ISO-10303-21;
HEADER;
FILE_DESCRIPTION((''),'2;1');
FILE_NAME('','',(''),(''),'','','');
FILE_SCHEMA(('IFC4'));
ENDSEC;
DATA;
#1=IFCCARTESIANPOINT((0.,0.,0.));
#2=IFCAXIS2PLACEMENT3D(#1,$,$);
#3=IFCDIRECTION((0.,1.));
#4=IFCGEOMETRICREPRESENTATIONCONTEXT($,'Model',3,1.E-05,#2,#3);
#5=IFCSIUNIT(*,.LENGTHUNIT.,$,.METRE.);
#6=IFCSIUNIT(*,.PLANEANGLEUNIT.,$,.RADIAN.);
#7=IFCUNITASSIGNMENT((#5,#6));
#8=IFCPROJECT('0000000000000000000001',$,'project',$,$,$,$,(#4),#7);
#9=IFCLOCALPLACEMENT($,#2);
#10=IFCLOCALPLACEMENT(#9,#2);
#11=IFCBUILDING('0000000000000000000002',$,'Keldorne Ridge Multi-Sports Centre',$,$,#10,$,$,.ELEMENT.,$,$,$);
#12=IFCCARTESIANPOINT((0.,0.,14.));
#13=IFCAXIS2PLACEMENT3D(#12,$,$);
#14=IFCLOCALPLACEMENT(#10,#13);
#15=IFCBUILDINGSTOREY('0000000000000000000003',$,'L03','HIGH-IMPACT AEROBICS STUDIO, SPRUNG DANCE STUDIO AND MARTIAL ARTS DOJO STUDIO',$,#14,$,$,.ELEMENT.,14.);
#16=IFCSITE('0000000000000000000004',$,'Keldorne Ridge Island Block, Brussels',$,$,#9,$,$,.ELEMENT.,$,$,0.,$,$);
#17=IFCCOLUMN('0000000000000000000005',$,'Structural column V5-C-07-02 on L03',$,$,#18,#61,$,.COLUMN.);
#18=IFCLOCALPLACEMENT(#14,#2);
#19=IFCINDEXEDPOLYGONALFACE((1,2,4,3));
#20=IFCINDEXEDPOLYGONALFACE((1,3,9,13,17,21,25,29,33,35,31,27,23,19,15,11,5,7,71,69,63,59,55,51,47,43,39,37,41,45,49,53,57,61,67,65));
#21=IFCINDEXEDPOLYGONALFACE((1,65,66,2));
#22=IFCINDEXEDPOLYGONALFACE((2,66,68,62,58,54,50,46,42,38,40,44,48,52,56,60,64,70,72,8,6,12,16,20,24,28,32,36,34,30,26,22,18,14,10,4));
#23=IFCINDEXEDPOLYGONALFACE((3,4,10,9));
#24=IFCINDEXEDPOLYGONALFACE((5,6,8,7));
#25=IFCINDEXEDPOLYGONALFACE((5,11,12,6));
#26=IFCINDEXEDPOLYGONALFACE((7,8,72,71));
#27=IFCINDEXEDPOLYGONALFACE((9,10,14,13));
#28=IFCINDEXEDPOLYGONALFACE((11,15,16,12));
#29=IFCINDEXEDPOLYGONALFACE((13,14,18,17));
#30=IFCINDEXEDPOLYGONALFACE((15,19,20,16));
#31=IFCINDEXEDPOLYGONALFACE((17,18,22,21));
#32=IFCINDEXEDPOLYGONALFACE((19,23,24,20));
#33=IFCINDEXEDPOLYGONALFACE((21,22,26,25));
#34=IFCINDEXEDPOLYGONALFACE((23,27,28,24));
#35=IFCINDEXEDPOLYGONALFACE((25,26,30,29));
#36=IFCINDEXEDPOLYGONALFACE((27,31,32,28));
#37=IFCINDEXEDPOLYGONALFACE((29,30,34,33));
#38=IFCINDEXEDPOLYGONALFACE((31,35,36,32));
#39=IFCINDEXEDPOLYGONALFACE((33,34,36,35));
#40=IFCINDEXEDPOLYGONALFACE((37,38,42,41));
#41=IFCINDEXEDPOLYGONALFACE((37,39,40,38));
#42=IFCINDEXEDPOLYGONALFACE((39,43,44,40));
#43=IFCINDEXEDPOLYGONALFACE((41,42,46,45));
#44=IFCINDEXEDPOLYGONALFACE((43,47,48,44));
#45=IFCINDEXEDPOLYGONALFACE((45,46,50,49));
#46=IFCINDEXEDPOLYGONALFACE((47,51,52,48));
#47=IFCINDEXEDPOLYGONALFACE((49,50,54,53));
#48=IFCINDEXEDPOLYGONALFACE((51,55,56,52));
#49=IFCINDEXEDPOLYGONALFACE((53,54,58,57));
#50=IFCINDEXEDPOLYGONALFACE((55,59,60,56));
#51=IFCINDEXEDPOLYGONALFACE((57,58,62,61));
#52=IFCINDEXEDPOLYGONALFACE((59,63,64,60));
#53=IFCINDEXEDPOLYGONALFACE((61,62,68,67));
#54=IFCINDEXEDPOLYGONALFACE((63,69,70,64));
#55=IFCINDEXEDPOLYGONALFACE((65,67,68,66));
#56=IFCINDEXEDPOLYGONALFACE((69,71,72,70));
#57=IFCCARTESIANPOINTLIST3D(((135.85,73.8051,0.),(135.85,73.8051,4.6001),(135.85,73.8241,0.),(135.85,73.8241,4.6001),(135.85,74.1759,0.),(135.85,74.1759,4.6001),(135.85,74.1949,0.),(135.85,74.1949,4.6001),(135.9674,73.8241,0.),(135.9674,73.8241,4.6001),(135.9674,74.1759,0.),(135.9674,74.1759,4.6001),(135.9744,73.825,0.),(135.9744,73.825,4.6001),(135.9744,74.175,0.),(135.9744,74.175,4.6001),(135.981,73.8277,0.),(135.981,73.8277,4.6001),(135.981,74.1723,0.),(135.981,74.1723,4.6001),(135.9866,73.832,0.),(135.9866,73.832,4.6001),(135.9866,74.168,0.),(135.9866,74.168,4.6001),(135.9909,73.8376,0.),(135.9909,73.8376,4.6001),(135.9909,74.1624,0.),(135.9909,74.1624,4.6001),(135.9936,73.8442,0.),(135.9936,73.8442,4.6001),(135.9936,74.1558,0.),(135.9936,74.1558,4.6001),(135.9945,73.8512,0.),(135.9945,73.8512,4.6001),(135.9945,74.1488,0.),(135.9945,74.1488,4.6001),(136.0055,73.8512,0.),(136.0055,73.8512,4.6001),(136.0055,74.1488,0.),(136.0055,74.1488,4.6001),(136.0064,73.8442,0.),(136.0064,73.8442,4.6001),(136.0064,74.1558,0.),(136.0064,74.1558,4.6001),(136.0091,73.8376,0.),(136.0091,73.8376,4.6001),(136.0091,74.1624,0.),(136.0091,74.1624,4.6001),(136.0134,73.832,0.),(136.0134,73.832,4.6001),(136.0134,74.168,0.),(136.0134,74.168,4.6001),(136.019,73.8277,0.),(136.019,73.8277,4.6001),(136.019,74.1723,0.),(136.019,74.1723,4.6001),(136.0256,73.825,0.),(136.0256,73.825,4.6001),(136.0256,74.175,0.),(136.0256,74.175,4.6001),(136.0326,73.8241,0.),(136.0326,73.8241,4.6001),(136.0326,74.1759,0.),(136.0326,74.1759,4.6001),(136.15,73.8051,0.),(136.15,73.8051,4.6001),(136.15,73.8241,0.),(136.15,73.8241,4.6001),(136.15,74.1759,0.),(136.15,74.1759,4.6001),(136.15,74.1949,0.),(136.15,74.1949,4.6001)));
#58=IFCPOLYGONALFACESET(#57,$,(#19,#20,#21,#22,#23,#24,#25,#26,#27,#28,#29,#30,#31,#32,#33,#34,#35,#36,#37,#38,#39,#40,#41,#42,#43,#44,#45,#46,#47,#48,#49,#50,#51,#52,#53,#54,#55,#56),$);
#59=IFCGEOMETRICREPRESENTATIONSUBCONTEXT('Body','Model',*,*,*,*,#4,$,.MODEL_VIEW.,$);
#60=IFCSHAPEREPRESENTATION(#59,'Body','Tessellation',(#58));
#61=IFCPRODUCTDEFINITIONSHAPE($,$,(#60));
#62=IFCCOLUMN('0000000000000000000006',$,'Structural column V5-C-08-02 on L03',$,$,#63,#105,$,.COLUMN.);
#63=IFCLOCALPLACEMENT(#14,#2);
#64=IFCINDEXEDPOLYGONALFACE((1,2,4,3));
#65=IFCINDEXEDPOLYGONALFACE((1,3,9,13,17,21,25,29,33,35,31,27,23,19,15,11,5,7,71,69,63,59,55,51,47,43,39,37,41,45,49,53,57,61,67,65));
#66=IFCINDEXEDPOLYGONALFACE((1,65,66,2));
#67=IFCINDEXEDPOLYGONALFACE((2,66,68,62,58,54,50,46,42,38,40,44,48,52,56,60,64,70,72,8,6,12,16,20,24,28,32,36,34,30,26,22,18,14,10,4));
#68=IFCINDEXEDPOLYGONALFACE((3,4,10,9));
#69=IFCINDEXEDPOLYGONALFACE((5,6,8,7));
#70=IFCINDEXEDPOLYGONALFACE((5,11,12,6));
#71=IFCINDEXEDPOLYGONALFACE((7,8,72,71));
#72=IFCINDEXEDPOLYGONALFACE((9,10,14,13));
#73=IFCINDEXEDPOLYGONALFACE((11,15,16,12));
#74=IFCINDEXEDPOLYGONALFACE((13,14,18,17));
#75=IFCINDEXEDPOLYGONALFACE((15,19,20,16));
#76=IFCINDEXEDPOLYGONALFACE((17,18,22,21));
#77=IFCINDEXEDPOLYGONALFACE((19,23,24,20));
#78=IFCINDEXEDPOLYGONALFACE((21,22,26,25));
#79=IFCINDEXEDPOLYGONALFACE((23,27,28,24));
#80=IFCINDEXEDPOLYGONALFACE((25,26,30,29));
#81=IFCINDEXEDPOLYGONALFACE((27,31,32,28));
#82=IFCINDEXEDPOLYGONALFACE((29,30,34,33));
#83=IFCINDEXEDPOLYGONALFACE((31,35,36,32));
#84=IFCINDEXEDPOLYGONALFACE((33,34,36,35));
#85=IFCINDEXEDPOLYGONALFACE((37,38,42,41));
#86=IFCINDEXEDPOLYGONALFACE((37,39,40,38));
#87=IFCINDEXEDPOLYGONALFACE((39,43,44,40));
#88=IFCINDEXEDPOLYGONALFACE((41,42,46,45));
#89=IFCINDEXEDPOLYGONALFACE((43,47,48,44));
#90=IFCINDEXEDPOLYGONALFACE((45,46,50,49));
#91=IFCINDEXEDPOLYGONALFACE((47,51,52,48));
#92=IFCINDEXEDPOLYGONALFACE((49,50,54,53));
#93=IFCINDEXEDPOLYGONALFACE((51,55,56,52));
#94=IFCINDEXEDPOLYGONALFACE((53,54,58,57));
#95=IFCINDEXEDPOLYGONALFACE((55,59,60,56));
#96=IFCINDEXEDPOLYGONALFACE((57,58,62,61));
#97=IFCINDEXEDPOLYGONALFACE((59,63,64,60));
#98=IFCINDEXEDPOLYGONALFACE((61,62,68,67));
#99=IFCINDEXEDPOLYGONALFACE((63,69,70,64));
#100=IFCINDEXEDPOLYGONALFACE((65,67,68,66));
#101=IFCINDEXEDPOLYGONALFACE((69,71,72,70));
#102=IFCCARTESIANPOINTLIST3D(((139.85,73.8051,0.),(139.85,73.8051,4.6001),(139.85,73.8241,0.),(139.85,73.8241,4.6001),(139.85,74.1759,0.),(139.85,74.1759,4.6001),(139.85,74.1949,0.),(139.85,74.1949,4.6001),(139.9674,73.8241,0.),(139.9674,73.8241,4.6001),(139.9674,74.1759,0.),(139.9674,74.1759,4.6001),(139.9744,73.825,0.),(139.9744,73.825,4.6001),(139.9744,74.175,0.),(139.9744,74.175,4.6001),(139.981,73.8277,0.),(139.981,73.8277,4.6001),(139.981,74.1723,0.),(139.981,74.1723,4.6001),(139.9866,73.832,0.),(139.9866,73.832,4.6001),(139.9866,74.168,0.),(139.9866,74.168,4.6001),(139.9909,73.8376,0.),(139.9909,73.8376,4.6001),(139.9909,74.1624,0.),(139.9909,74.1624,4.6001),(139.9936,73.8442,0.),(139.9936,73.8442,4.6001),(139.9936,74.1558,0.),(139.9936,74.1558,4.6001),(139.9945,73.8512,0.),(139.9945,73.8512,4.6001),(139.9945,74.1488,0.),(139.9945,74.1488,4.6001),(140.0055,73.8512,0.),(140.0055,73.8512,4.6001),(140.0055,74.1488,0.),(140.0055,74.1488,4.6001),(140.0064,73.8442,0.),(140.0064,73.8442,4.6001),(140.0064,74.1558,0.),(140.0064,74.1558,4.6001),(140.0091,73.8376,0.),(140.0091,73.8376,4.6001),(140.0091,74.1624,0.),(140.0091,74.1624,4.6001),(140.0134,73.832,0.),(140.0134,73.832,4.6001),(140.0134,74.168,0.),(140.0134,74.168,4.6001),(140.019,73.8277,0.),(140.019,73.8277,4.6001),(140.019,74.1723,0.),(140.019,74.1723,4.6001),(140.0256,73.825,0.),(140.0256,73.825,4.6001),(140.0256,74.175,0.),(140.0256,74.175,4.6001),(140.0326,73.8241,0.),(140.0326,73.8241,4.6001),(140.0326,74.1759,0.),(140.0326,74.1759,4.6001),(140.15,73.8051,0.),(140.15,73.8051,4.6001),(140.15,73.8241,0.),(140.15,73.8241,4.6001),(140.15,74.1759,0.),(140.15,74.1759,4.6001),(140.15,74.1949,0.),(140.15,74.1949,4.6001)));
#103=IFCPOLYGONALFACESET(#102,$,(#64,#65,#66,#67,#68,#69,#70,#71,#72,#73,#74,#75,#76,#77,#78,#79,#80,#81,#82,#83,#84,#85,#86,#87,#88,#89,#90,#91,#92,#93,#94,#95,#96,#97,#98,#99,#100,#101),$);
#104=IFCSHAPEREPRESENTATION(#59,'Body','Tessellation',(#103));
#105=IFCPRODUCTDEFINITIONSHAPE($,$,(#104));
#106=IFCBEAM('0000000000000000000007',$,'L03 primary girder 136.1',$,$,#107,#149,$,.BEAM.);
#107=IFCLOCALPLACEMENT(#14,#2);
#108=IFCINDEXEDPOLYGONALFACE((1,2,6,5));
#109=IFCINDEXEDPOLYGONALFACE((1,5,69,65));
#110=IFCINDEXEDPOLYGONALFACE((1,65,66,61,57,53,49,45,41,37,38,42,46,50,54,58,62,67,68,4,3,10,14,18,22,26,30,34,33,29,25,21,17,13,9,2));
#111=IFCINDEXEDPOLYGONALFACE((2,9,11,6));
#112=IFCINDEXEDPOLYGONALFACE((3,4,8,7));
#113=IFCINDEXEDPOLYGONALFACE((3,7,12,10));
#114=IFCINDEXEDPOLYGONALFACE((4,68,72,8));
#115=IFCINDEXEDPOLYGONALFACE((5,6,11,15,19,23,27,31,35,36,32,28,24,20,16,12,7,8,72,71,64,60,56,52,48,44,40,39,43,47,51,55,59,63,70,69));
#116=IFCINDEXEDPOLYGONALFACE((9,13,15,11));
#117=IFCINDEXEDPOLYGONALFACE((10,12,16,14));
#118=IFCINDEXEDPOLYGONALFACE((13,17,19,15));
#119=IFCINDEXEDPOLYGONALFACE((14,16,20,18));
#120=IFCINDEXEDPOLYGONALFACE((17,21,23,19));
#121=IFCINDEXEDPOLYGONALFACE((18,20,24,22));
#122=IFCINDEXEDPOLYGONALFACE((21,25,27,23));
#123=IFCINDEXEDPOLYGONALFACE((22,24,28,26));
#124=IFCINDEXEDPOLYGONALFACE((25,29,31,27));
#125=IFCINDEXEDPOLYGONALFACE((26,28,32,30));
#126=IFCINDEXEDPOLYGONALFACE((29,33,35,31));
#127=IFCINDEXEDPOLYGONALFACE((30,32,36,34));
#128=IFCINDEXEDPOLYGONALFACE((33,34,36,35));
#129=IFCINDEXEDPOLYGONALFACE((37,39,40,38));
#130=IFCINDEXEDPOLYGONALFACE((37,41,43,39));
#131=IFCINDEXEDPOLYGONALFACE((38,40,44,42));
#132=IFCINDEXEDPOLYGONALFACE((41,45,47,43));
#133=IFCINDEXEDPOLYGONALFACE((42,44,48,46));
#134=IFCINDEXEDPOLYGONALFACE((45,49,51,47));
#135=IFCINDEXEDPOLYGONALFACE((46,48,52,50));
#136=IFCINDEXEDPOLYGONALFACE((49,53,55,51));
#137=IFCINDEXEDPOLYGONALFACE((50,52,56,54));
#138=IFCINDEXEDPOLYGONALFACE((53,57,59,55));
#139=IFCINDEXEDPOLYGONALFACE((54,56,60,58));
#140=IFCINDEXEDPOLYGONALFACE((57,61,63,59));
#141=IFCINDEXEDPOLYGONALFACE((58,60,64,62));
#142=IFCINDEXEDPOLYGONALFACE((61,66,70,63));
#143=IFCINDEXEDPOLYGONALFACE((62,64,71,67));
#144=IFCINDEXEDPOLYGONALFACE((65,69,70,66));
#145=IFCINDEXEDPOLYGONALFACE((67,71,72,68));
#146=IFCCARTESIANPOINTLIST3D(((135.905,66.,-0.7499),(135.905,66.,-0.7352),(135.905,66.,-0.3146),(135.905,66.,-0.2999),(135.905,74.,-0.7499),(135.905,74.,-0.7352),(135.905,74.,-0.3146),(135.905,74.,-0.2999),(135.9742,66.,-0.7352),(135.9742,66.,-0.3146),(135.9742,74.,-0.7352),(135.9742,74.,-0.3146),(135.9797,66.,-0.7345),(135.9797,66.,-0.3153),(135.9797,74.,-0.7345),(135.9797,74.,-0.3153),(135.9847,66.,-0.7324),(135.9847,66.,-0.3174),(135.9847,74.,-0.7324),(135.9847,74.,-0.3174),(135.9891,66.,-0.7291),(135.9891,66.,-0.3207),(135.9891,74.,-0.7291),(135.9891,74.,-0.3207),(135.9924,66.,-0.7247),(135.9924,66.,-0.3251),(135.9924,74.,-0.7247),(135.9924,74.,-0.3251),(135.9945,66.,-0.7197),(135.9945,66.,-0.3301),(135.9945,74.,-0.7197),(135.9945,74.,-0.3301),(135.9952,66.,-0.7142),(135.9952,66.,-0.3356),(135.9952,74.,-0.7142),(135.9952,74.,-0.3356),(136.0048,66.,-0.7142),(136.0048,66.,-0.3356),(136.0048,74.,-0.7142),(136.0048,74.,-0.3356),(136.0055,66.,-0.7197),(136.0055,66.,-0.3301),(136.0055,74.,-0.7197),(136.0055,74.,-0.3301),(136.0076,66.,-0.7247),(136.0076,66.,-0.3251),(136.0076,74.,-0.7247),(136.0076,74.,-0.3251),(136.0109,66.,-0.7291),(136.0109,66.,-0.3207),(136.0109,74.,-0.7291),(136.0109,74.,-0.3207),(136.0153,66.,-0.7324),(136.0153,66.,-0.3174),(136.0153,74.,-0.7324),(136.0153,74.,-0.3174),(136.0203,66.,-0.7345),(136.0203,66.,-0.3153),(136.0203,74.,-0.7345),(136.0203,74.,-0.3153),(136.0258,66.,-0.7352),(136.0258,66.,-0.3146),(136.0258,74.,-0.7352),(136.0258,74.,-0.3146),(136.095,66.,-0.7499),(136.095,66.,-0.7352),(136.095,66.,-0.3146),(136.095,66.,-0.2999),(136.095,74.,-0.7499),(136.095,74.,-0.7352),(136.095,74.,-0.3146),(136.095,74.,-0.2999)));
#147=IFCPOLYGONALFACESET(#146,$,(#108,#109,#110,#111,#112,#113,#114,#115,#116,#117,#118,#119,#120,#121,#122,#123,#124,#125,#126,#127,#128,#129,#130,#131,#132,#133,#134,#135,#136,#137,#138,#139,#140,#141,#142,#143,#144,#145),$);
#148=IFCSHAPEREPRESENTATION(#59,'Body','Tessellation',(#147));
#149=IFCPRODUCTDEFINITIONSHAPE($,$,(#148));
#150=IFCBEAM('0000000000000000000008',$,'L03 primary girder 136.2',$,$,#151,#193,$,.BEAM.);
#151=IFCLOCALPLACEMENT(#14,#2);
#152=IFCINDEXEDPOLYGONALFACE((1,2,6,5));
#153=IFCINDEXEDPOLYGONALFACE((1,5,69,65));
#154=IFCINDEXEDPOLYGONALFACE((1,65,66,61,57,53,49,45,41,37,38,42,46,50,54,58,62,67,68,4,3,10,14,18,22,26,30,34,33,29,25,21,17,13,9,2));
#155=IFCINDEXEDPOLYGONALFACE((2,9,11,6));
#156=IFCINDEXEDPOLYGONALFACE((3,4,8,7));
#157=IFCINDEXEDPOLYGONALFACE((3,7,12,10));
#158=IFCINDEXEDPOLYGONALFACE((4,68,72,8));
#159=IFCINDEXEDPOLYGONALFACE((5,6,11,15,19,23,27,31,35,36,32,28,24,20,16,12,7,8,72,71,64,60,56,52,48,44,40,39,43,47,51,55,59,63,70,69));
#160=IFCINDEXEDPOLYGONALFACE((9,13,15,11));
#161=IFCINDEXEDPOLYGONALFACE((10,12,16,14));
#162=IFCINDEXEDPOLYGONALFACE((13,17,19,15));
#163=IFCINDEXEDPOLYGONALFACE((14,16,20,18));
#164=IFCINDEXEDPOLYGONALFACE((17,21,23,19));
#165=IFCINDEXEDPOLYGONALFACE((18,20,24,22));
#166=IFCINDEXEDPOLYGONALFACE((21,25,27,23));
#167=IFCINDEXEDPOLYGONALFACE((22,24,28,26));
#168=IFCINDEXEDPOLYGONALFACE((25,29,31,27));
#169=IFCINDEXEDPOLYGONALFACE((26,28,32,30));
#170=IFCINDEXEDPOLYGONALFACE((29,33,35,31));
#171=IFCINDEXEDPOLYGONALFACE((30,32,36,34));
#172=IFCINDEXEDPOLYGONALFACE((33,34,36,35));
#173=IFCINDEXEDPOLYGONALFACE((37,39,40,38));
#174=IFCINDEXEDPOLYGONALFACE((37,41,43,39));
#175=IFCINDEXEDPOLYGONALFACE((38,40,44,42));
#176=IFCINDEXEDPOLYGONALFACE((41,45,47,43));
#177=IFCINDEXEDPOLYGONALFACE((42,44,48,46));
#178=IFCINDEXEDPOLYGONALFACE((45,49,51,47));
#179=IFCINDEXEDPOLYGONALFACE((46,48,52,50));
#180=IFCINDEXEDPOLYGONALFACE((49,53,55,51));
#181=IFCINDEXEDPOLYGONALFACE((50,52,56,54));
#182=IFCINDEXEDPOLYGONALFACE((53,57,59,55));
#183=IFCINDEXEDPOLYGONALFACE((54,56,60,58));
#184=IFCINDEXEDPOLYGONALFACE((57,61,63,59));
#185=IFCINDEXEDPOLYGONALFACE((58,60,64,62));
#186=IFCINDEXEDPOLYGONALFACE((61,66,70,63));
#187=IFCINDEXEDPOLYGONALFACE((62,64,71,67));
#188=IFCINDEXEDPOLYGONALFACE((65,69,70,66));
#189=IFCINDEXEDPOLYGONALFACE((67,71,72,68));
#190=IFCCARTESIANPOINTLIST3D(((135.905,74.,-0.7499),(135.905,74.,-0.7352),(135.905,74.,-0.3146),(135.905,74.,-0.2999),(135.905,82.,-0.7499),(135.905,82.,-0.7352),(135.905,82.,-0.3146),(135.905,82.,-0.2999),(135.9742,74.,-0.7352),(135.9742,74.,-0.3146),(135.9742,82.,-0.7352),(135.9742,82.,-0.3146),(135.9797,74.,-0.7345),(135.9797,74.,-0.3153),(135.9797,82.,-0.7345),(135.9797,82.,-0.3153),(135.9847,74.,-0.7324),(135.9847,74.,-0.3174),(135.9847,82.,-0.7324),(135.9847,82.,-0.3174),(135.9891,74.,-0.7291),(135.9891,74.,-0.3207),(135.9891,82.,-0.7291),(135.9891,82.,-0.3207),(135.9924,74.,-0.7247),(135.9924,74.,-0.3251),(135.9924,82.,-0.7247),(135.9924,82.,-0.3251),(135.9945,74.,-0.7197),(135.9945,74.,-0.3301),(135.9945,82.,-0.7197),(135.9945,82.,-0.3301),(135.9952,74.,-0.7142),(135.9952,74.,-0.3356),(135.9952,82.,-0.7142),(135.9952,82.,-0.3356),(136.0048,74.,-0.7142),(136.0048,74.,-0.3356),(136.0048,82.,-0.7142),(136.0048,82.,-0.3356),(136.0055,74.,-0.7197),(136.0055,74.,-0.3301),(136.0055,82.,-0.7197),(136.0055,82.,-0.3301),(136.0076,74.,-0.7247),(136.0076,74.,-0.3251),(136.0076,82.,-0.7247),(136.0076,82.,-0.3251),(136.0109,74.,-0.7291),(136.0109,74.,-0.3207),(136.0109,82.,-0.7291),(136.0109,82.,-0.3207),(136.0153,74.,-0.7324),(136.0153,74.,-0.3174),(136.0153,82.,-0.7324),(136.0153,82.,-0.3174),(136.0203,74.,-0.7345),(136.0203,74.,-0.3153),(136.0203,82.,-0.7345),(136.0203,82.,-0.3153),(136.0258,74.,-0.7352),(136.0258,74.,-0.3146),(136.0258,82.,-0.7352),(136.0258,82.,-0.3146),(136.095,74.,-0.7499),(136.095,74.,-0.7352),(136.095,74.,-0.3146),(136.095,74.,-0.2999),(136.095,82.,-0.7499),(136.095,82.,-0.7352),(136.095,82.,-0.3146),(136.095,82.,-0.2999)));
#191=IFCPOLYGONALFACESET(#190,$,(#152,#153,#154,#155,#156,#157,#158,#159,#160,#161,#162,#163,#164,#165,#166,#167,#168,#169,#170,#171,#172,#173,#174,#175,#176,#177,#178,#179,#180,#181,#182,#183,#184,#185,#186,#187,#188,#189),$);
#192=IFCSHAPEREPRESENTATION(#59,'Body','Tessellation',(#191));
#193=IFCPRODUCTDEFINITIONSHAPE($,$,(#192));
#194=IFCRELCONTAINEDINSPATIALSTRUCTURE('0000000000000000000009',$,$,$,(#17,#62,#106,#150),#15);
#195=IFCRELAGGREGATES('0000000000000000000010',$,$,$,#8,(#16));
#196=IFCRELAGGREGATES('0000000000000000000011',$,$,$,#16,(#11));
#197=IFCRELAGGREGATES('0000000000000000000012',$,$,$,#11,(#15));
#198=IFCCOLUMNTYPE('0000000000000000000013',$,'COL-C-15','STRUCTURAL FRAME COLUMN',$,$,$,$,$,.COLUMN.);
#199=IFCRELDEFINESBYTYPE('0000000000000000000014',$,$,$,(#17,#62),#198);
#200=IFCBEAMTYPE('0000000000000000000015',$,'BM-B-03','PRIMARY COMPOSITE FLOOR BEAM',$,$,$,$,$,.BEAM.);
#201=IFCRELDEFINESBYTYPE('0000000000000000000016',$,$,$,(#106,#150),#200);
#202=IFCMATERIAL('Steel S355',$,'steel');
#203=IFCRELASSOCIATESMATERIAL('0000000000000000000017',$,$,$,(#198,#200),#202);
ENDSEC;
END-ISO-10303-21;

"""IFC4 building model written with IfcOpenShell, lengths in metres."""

from ifc_helpers import new_model, si_unit, direction, frame, origin, origin_2d, place, context, subcontext, project, spatial, i_section, extrude, material, material_profile, profile_set, type_object, element, save


model = new_model("IFC4")

# Units and contexts
model_context = context("Model", 3, precision=1e-05, world=origin(), true_north=direction((0.0, 1.0)))
body_context = subcontext(model_context, "Body", "Model", "MODEL_VIEW")
ifc_project = project(units=[si_unit("LENGTHUNIT", "METRE"), si_unit("PLANEANGLEUNIT", "RADIAN")], contexts=[model_context])

# Site, building, storey
site_placement = place(None, origin())
site = spatial("IfcSite", under=ifc_project, at=site_placement, Name="Keldorne Ridge Island Block, Brussels", CompositionType="ELEMENT", RefElevation=0.0)
building_placement = place(site_placement, origin())
building = spatial("IfcBuilding", under=site, at=building_placement, Name="Keldorne Ridge Multi-Sports Centre", CompositionType="ELEMENT")
storey_placement = place(building_placement, frame((0.0, 0.0, 14.0)))
storey = spatial("IfcBuildingStorey", under=building, at=storey_placement, Name="L03", Description="HIGH-IMPACT AEROBICS STUDIO, SPRUNG DANCE STUDIO AND MARTIAL ARTS DOJO STUDIO", CompositionType="ELEMENT", Elevation=14.0)

# Columns
ifc_material_1 = material(Name="Steel S355", Category="steel")
ifc_material_profile_1 = material_profile(ifc_material_1, i_section(OverallWidth=0.3, OverallDepth=0.3899, WebThickness=0.011, FlangeThickness=0.019, FilletRadius=0.0271, at=origin_2d()), Name="HEA 400")
ifc_profile_set_1 = profile_set([ifc_material_profile_1], Name="Steel S355")
column_type = type_object("IfcColumnType", Name="COL-C-15", Description="STRUCTURAL FRAME COLUMN", PredefinedType="COLUMN", material=ifc_profile_set_1)
for number, where, z_axis, x_axis, name in (
    (1, (136.0, 74.0, 0.0), (0.0, 0.0, 1.0), (1.0, 0.0, 0.0), "Structural column V5-C-07-02 on L03"),
    (2, (140.0, 74.0, 0.0), (0.0, 0.0, 1.0), (1.0, 0.0, 0.0), "Structural column V5-C-08-02 on L03"),
):
    element("IfcColumn", number, at=place(storey_placement, frame(where, z_axis=z_axis, x_axis=x_axis)), inside=storey, type_object=column_type, Name=name, PredefinedType="COLUMN", context=body_context, shape_type="SweptSolid", body=[
        extrude(i_section(OverallWidth=0.3, OverallDepth=0.3899, WebThickness=0.011, FlangeThickness=0.019, FilletRadius=0.0271, at=origin_2d()), origin(), (0.0, 0.0, 1.0), 4.6001),
    ])

# Beams
ifc_material_profile_2 = material_profile(ifc_material_1, i_section(OverallWidth=0.1899, OverallDepth=0.45, WebThickness=0.0095, FlangeThickness=0.0146, FilletRadius=0.021, at=origin_2d()), Name="IPE 450")
ifc_profile_set_2 = profile_set([ifc_material_profile_2], Name="Steel S355")
beam_type_1 = type_object("IfcBeamType", Name="BM-B-03", Description="PRIMARY COMPOSITE FLOOR BEAM", PredefinedType="BEAM", material=ifc_profile_set_2)
for number, where, z_axis, x_axis, name in (
    (3, (136.0, 66.0, -0.5249), (0.0, 1.0, 0.0), (-1.0, 0.0, 0.0), "L03 primary girder 136.1"),
    (4, (136.0, 74.0, -0.5249), (0.0, 1.0, 0.0), (-1.0, 0.0, 0.0), "L03 primary girder 136.2"),
):
    element("IfcBeam", number, at=place(storey_placement, frame(where, z_axis=z_axis, x_axis=x_axis)), inside=storey, type_object=beam_type_1, Name=name, PredefinedType="BEAM", context=body_context, shape_type="SweptSolid", body=[
        extrude(i_section(OverallWidth=0.1899, OverallDepth=0.45, WebThickness=0.0095, FlangeThickness=0.0146, FilletRadius=0.021, at=origin_2d()), origin(), (0.0, 0.0, 1.0), 8.0),
    ])

save(model, "model.ifc")
